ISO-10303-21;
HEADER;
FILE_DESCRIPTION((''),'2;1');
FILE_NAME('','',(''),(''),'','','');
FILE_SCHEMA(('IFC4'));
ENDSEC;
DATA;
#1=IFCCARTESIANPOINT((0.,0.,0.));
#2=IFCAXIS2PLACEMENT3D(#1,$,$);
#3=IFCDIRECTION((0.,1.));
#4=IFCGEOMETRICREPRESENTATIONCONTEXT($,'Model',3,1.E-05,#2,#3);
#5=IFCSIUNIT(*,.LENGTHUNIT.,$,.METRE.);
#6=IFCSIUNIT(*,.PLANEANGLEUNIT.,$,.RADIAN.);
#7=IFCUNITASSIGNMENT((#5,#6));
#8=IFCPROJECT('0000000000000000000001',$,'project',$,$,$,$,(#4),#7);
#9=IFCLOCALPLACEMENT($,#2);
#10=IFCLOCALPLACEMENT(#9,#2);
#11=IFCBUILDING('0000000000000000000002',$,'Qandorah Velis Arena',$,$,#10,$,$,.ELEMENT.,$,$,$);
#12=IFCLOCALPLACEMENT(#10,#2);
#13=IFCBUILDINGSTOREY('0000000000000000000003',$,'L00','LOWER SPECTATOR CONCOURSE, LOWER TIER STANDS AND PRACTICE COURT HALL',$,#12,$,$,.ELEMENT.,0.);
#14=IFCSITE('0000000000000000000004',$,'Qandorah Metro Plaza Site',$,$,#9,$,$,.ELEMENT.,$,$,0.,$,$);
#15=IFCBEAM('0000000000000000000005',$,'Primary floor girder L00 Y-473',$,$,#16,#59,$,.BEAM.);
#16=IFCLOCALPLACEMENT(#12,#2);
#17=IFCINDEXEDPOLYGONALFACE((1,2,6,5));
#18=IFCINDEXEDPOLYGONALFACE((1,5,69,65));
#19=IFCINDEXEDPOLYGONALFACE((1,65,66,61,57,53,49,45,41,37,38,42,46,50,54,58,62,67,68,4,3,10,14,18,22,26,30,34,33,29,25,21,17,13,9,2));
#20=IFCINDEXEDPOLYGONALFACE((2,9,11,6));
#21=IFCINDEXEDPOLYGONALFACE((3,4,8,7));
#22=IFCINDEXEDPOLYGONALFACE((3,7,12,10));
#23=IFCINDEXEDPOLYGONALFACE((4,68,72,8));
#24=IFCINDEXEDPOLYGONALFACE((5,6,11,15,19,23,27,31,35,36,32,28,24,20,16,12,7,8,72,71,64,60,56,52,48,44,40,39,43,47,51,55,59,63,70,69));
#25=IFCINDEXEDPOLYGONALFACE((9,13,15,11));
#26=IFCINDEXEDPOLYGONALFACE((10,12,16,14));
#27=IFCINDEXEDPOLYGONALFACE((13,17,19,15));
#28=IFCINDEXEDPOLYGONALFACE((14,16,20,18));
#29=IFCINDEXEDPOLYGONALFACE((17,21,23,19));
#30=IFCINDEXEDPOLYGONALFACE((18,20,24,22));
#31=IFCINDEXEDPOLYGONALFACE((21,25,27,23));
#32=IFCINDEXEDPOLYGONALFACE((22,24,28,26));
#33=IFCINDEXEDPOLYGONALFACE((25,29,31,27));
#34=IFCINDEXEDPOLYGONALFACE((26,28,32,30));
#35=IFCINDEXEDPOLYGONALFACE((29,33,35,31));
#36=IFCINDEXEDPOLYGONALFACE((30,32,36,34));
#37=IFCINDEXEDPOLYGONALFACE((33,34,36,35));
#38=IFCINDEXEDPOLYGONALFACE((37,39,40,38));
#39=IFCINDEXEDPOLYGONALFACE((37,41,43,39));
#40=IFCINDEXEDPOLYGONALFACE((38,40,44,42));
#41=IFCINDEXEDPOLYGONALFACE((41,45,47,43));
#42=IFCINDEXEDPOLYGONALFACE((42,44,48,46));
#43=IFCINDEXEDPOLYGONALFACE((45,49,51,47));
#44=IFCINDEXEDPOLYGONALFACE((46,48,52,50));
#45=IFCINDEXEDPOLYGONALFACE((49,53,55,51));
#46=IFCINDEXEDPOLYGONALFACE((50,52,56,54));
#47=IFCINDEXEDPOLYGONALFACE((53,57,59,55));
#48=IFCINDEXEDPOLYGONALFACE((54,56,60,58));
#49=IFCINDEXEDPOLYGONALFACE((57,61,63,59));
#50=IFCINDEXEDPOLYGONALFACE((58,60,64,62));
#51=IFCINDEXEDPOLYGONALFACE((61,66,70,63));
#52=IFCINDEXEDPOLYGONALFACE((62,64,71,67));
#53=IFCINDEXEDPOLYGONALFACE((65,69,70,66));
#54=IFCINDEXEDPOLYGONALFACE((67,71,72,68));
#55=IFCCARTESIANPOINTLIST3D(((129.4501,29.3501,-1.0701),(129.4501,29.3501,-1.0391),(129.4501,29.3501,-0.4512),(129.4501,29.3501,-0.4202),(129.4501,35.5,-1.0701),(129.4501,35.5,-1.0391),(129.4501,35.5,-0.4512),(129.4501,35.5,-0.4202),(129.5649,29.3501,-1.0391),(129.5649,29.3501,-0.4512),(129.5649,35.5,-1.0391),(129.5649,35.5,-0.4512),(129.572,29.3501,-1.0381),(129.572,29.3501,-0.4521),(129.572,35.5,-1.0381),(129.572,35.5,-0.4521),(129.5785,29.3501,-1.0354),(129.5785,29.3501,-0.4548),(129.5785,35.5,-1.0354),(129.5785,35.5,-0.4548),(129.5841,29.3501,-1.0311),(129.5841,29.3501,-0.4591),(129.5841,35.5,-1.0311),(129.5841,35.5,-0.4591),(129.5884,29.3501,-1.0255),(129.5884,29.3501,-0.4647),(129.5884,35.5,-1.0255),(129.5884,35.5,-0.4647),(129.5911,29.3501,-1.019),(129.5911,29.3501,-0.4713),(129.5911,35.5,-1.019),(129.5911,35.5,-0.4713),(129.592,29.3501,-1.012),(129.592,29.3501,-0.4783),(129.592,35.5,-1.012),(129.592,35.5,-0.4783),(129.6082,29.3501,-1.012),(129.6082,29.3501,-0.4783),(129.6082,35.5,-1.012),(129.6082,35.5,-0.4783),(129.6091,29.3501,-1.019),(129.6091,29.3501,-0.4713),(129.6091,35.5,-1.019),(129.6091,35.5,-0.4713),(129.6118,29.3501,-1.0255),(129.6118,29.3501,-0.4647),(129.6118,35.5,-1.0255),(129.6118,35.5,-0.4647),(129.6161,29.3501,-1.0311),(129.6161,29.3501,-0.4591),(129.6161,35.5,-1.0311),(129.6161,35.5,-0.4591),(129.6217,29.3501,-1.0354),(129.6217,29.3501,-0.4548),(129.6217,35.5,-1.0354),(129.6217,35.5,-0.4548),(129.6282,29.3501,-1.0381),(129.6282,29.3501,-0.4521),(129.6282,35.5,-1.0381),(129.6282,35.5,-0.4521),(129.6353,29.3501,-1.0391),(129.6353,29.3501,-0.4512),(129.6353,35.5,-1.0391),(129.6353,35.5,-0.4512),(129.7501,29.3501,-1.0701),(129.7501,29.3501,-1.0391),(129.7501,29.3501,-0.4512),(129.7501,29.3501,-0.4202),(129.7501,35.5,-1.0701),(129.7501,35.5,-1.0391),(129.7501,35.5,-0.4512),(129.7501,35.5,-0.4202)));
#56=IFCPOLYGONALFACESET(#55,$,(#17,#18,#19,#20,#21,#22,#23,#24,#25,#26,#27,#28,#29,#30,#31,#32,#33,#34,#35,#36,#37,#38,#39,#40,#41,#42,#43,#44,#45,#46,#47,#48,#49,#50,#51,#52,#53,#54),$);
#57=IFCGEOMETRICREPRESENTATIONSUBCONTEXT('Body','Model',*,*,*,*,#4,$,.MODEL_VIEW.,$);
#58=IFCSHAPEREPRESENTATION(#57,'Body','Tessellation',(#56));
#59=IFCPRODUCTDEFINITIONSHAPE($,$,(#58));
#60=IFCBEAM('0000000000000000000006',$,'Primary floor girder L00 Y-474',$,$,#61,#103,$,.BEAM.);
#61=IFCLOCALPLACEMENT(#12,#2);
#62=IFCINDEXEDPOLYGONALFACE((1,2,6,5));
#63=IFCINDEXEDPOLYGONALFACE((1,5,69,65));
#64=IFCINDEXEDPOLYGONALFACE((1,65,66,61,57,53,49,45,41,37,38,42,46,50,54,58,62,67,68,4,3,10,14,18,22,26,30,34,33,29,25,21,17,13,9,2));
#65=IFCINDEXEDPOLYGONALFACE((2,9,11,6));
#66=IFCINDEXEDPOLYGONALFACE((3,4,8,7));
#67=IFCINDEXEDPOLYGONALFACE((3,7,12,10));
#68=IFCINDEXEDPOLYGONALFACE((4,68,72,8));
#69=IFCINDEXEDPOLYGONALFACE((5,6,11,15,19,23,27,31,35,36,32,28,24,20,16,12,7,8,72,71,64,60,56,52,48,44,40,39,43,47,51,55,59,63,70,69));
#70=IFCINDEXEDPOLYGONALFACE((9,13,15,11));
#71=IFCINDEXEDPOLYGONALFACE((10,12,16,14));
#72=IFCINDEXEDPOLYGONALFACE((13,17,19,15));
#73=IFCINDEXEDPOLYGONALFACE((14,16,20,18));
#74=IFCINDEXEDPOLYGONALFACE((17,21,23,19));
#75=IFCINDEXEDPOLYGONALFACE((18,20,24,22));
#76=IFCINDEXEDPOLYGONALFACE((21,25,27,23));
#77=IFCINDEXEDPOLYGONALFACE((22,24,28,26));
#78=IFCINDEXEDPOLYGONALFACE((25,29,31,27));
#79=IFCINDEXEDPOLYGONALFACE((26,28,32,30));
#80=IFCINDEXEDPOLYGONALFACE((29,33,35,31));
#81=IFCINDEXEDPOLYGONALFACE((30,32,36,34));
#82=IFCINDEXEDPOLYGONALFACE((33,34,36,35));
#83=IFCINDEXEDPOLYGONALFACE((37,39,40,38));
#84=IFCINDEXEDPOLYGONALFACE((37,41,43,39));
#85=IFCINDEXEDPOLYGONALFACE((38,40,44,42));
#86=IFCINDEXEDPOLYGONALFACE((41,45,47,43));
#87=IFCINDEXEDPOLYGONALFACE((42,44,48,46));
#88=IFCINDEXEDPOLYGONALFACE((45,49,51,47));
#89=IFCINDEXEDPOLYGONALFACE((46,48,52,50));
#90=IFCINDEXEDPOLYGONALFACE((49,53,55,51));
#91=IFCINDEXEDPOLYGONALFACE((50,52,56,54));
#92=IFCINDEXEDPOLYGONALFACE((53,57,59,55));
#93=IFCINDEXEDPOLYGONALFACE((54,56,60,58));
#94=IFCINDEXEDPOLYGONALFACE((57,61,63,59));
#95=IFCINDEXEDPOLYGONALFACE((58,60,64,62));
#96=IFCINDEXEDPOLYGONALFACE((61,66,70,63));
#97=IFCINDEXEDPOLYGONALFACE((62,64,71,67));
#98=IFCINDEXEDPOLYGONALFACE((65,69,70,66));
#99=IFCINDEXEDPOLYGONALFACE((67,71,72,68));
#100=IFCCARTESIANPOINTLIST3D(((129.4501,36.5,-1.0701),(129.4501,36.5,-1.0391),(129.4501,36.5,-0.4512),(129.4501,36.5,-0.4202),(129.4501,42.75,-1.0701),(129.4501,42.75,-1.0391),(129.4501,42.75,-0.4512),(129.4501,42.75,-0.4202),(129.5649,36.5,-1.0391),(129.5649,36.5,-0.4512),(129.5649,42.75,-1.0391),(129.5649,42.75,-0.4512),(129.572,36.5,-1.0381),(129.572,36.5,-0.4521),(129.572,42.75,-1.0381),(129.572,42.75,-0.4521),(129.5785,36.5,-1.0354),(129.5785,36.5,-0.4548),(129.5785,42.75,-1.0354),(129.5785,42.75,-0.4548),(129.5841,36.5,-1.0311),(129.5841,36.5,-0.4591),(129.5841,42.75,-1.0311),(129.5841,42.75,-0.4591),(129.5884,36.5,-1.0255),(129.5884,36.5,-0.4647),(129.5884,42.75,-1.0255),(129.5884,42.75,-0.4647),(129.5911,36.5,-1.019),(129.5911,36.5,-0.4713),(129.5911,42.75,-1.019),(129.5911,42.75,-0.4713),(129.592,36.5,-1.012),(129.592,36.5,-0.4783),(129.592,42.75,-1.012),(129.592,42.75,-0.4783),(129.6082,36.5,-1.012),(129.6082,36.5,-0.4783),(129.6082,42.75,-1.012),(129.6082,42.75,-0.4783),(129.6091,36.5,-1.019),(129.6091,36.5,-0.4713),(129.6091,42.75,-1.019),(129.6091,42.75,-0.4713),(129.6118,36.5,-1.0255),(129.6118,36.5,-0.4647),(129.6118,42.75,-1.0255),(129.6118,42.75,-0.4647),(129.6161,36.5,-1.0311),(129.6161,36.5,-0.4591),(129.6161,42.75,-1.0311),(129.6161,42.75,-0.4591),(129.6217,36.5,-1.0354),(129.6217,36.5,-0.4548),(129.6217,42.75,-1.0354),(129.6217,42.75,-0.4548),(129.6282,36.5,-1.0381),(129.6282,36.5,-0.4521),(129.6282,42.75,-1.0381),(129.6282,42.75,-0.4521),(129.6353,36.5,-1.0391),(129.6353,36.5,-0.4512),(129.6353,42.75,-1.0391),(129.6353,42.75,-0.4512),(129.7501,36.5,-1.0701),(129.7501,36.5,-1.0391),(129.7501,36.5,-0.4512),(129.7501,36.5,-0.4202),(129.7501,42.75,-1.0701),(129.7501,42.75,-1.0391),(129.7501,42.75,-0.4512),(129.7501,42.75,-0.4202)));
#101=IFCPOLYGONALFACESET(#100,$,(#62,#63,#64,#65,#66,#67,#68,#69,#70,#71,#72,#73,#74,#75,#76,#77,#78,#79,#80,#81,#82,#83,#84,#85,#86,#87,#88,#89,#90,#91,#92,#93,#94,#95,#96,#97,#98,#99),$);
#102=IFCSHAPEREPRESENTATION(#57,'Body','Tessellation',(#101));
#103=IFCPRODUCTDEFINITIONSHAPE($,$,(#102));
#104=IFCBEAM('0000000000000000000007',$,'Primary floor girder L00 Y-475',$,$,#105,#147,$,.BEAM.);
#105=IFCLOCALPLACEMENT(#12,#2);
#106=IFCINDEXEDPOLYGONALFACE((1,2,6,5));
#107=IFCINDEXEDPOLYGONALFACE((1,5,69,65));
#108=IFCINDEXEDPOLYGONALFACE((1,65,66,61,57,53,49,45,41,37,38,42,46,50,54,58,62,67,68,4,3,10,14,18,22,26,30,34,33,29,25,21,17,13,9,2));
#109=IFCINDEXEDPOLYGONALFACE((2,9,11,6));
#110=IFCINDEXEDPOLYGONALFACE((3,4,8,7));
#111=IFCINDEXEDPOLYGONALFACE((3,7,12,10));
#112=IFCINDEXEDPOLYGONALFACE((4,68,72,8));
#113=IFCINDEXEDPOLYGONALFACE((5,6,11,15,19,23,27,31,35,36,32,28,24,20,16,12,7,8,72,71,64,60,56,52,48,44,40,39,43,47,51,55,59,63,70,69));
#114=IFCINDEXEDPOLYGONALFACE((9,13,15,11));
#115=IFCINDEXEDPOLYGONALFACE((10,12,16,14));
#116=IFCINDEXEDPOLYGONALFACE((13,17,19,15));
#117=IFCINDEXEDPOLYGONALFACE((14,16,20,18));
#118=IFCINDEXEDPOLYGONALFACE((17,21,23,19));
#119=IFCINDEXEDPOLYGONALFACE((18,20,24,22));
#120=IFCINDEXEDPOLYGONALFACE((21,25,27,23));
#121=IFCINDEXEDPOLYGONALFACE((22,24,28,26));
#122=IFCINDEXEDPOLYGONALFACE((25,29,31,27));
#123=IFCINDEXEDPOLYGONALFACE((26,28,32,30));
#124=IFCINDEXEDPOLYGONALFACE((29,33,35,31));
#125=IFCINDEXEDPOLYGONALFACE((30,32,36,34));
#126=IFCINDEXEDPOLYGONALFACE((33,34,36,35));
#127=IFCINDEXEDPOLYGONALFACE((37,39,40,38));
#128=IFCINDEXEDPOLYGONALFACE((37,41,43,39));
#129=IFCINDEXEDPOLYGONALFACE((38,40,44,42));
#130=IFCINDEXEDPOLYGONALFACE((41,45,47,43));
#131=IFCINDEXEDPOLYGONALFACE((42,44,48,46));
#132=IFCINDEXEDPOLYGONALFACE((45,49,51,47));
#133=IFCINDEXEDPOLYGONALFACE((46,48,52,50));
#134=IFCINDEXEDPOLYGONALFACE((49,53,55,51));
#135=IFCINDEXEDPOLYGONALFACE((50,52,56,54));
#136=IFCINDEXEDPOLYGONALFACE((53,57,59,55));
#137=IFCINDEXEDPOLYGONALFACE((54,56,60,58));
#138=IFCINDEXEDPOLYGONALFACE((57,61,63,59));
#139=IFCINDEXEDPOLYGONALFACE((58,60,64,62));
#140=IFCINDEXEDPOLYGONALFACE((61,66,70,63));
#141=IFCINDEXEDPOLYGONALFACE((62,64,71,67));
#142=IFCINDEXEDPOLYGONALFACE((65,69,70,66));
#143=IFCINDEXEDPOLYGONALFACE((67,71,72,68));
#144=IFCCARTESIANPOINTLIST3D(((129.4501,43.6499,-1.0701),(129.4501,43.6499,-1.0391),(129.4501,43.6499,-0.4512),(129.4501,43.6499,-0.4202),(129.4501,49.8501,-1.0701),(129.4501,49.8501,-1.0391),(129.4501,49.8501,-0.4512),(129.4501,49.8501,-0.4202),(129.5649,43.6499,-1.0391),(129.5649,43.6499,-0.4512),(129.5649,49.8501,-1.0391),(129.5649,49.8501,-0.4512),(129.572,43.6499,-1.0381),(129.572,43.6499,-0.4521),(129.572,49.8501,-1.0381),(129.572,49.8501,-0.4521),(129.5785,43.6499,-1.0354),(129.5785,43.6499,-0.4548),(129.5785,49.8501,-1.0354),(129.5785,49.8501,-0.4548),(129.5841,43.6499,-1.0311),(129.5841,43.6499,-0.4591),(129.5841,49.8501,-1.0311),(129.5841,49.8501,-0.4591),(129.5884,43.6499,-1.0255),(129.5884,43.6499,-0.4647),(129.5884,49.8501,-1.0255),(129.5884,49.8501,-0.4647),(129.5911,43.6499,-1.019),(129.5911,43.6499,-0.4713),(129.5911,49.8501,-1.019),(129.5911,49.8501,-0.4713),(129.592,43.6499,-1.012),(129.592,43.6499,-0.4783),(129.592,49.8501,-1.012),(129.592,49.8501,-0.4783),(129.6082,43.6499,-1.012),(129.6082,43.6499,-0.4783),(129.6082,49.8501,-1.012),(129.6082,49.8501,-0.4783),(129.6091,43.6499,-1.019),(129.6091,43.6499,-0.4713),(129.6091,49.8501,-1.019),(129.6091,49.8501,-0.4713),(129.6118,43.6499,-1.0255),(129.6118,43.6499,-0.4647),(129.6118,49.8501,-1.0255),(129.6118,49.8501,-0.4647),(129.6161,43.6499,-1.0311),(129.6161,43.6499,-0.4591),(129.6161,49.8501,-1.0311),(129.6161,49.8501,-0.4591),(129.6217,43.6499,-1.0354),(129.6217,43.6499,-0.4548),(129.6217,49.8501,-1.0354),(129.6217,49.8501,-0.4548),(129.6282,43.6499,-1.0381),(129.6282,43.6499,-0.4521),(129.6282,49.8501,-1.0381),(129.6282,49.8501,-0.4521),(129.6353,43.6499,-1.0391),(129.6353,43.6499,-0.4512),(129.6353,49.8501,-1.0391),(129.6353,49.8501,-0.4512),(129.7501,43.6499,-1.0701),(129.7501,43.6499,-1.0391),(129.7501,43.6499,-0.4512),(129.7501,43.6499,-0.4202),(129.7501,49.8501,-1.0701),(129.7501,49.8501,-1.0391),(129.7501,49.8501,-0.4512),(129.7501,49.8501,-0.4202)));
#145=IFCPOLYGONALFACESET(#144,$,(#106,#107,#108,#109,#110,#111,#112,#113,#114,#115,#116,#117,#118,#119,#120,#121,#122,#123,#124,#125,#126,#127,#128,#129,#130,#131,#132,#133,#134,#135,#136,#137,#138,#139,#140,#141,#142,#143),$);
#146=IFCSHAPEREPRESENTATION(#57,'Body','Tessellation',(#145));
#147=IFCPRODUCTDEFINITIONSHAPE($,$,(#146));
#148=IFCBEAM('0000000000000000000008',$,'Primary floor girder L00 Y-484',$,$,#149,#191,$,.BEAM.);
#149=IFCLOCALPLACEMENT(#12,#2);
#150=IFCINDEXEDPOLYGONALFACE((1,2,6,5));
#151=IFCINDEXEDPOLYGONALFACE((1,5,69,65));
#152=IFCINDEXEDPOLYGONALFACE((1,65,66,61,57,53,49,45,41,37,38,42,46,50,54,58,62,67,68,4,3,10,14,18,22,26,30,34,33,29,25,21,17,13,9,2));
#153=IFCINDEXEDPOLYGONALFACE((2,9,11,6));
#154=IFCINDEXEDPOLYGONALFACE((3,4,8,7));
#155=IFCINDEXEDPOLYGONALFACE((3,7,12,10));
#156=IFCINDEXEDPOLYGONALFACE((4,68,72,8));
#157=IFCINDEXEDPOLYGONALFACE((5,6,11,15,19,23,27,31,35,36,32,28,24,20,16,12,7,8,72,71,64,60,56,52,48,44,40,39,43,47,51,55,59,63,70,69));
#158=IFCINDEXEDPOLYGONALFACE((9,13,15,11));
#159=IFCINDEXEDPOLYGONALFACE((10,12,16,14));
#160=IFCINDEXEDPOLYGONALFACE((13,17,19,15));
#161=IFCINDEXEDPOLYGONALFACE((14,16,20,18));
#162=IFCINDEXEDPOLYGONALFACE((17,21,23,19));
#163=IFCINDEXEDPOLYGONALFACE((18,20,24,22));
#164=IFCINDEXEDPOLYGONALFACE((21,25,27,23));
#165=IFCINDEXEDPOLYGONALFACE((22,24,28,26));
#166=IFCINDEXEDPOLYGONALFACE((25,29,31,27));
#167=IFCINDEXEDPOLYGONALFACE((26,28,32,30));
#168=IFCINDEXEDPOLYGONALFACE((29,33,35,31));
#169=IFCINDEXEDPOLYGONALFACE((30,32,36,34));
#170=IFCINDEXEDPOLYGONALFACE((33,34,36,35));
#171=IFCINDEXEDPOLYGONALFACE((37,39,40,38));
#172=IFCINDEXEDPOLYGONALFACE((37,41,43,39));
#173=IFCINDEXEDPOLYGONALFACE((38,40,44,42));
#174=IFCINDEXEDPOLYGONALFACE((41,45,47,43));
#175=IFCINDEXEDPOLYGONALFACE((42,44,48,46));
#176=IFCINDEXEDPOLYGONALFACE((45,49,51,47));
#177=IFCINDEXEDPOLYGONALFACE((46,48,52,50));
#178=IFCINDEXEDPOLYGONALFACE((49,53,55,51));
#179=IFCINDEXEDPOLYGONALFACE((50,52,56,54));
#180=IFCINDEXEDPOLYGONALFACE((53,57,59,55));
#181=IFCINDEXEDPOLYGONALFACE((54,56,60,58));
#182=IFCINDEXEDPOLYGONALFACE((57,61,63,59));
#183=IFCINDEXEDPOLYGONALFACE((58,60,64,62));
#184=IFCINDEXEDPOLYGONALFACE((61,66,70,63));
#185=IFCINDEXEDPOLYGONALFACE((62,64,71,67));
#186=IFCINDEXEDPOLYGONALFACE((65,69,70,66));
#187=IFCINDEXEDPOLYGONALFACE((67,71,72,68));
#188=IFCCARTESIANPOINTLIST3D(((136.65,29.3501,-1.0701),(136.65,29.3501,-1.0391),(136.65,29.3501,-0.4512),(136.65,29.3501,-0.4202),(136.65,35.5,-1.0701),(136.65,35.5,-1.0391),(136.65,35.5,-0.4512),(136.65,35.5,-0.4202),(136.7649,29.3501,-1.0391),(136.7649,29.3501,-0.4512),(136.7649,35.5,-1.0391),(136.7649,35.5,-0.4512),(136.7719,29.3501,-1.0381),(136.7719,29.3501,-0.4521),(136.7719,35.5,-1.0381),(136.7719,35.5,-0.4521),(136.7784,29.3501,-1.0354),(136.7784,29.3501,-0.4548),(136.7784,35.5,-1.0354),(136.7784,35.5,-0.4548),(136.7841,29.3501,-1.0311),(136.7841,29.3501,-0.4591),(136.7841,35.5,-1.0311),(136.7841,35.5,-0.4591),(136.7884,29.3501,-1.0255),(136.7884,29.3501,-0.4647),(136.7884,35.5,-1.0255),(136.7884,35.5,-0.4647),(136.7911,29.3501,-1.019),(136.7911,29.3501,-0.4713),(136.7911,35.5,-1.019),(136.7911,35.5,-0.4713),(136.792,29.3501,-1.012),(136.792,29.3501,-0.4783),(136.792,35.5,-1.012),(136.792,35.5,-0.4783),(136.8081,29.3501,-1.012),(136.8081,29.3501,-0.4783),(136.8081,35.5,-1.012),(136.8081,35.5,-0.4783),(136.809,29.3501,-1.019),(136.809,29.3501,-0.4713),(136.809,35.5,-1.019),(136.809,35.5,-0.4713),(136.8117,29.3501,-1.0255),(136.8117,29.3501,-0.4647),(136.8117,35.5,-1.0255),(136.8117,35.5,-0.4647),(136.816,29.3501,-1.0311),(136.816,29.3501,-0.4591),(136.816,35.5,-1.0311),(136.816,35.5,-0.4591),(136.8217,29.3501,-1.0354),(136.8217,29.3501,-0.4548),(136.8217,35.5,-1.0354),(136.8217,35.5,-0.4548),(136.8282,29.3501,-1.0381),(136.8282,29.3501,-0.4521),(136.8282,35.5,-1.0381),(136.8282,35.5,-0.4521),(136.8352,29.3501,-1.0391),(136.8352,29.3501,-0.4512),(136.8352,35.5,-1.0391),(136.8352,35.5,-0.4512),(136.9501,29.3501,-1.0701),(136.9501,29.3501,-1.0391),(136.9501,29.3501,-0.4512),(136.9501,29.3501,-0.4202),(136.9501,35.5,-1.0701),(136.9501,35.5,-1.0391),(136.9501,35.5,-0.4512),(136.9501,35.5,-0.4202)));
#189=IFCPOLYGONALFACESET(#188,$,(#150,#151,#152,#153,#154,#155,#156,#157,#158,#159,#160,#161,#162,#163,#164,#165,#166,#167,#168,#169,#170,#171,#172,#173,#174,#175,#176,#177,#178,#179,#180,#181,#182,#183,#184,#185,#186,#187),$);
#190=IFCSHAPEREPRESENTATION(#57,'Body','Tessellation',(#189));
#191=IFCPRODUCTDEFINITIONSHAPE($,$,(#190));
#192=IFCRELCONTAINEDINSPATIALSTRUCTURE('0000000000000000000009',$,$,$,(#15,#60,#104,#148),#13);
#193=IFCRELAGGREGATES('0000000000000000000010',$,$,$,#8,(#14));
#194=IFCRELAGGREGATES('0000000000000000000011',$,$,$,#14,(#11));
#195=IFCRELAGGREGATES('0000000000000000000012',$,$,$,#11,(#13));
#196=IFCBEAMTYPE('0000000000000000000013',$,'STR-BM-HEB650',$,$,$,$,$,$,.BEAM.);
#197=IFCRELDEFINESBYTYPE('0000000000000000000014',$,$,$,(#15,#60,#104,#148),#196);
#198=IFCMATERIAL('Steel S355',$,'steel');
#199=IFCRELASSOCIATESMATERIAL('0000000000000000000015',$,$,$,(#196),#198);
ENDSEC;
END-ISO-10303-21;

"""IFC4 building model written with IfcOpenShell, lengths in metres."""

from ifc_helpers import new_model, si_unit, direction, frame, origin, origin_2d, place, context, subcontext, project, spatial, i_section, extrude, material, material_profile, profile_set, type_object, element, save


model = new_model("IFC4")

# Units and contexts
model_context = context("Model", 3, precision=1e-05, world=origin(), true_north=direction((0.0, 1.0)))
body_context = subcontext(model_context, "Body", "Model", "MODEL_VIEW")
ifc_project = project(units=[si_unit("LENGTHUNIT", "METRE"), si_unit("PLANEANGLEUNIT", "RADIAN")], contexts=[model_context])

# Site, building, storey
site_placement = place(None, origin())
site = spatial("IfcSite", under=ifc_project, at=site_placement, Name="Qandorah Metro Plaza Site", CompositionType="ELEMENT", RefElevation=0.0)
building_placement = place(site_placement, origin())
building = spatial("IfcBuilding", under=site, at=building_placement, Name="Qandorah Velis Arena", CompositionType="ELEMENT")
storey_placement = place(building_placement, origin())
storey = spatial("IfcBuildingStorey", under=building, at=storey_placement, Name="L00", Description="LOWER SPECTATOR CONCOURSE, LOWER TIER STANDS AND PRACTICE COURT HALL", CompositionType="ELEMENT", Elevation=0.0)

# Shared definitions
ifc_material_1 = material(Name="Steel S355", Category="steel")

# Beams
ifc_material_profile_1 = material_profile(ifc_material_1, i_section(OverallWidth=0.3, OverallDepth=0.6499, WebThickness=0.0161, FlangeThickness=0.031, FilletRadius=0.0271, at=origin_2d()), Name="HEB 650")
ifc_profile_set_1 = profile_set([ifc_material_profile_1], Name="Steel S355")
beam_type_1 = type_object("IfcBeamType", Name="STR-BM-HEB650", PredefinedType="BEAM", material=ifc_profile_set_1)
beam_1_placement = place(storey_placement, frame((129.6001, 29.3501, -0.7451), z_axis=(0.0, 1.0, 0.0), x_axis=(-1.0, 0.0, 0.0)))
element("IfcBeam", 1, at=beam_1_placement, inside=storey, type_object=beam_type_1, Name="Primary floor girder L00 Y-473", PredefinedType="BEAM", context=body_context, shape_type="SweptSolid", body=[
    extrude(i_section(OverallWidth=0.3, OverallDepth=0.6499, WebThickness=0.0161, FlangeThickness=0.031, FilletRadius=0.0271, at=origin_2d()), origin(), (0.0, 0.0, 1.0), 6.1499),
])
beam_2_placement = place(storey_placement, frame((129.6001, 36.5, -0.7451), z_axis=(0.0, 1.0, 0.0), x_axis=(-1.0, 0.0, 0.0)))
element("IfcBeam", 2, at=beam_2_placement, inside=storey, type_object=beam_type_1, Name="Primary floor girder L00 Y-474", PredefinedType="BEAM", context=body_context, shape_type="SweptSolid", body=[
    extrude(i_section(OverallWidth=0.3, OverallDepth=0.6499, WebThickness=0.0161, FlangeThickness=0.031, FilletRadius=0.0271, at=origin_2d()), origin(), (0.0, 0.0, 1.0), 6.25),
])
beam_3_placement = place(storey_placement, frame((129.6001, 43.6499, -0.7451), z_axis=(0.0, 1.0, 0.0), x_axis=(-1.0, 0.0, 0.0)))
element("IfcBeam", 3, at=beam_3_placement, inside=storey, type_object=beam_type_1, Name="Primary floor girder L00 Y-475", PredefinedType="BEAM", context=body_context, shape_type="SweptSolid", body=[
    extrude(i_section(OverallWidth=0.3, OverallDepth=0.6499, WebThickness=0.0161, FlangeThickness=0.031, FilletRadius=0.0271, at=origin_2d()), origin(), (0.0, 0.0, 1.0), 6.2002),
])
beam_4_placement = place(storey_placement, frame((136.8, 29.3501, -0.7451), z_axis=(0.0, 1.0, 0.0), x_axis=(-1.0, 0.0, 0.0)))
element("IfcBeam", 4, at=beam_4_placement, inside=storey, type_object=beam_type_1, Name="Primary floor girder L00 Y-484", PredefinedType="BEAM", context=body_context, shape_type="SweptSolid", body=[
    extrude(i_section(OverallWidth=0.3, OverallDepth=0.6499, WebThickness=0.0161, FlangeThickness=0.031, FilletRadius=0.0271, at=origin_2d()), origin(), (0.0, 0.0, 1.0), 6.1499),
])

save(model, "model.ifc")
